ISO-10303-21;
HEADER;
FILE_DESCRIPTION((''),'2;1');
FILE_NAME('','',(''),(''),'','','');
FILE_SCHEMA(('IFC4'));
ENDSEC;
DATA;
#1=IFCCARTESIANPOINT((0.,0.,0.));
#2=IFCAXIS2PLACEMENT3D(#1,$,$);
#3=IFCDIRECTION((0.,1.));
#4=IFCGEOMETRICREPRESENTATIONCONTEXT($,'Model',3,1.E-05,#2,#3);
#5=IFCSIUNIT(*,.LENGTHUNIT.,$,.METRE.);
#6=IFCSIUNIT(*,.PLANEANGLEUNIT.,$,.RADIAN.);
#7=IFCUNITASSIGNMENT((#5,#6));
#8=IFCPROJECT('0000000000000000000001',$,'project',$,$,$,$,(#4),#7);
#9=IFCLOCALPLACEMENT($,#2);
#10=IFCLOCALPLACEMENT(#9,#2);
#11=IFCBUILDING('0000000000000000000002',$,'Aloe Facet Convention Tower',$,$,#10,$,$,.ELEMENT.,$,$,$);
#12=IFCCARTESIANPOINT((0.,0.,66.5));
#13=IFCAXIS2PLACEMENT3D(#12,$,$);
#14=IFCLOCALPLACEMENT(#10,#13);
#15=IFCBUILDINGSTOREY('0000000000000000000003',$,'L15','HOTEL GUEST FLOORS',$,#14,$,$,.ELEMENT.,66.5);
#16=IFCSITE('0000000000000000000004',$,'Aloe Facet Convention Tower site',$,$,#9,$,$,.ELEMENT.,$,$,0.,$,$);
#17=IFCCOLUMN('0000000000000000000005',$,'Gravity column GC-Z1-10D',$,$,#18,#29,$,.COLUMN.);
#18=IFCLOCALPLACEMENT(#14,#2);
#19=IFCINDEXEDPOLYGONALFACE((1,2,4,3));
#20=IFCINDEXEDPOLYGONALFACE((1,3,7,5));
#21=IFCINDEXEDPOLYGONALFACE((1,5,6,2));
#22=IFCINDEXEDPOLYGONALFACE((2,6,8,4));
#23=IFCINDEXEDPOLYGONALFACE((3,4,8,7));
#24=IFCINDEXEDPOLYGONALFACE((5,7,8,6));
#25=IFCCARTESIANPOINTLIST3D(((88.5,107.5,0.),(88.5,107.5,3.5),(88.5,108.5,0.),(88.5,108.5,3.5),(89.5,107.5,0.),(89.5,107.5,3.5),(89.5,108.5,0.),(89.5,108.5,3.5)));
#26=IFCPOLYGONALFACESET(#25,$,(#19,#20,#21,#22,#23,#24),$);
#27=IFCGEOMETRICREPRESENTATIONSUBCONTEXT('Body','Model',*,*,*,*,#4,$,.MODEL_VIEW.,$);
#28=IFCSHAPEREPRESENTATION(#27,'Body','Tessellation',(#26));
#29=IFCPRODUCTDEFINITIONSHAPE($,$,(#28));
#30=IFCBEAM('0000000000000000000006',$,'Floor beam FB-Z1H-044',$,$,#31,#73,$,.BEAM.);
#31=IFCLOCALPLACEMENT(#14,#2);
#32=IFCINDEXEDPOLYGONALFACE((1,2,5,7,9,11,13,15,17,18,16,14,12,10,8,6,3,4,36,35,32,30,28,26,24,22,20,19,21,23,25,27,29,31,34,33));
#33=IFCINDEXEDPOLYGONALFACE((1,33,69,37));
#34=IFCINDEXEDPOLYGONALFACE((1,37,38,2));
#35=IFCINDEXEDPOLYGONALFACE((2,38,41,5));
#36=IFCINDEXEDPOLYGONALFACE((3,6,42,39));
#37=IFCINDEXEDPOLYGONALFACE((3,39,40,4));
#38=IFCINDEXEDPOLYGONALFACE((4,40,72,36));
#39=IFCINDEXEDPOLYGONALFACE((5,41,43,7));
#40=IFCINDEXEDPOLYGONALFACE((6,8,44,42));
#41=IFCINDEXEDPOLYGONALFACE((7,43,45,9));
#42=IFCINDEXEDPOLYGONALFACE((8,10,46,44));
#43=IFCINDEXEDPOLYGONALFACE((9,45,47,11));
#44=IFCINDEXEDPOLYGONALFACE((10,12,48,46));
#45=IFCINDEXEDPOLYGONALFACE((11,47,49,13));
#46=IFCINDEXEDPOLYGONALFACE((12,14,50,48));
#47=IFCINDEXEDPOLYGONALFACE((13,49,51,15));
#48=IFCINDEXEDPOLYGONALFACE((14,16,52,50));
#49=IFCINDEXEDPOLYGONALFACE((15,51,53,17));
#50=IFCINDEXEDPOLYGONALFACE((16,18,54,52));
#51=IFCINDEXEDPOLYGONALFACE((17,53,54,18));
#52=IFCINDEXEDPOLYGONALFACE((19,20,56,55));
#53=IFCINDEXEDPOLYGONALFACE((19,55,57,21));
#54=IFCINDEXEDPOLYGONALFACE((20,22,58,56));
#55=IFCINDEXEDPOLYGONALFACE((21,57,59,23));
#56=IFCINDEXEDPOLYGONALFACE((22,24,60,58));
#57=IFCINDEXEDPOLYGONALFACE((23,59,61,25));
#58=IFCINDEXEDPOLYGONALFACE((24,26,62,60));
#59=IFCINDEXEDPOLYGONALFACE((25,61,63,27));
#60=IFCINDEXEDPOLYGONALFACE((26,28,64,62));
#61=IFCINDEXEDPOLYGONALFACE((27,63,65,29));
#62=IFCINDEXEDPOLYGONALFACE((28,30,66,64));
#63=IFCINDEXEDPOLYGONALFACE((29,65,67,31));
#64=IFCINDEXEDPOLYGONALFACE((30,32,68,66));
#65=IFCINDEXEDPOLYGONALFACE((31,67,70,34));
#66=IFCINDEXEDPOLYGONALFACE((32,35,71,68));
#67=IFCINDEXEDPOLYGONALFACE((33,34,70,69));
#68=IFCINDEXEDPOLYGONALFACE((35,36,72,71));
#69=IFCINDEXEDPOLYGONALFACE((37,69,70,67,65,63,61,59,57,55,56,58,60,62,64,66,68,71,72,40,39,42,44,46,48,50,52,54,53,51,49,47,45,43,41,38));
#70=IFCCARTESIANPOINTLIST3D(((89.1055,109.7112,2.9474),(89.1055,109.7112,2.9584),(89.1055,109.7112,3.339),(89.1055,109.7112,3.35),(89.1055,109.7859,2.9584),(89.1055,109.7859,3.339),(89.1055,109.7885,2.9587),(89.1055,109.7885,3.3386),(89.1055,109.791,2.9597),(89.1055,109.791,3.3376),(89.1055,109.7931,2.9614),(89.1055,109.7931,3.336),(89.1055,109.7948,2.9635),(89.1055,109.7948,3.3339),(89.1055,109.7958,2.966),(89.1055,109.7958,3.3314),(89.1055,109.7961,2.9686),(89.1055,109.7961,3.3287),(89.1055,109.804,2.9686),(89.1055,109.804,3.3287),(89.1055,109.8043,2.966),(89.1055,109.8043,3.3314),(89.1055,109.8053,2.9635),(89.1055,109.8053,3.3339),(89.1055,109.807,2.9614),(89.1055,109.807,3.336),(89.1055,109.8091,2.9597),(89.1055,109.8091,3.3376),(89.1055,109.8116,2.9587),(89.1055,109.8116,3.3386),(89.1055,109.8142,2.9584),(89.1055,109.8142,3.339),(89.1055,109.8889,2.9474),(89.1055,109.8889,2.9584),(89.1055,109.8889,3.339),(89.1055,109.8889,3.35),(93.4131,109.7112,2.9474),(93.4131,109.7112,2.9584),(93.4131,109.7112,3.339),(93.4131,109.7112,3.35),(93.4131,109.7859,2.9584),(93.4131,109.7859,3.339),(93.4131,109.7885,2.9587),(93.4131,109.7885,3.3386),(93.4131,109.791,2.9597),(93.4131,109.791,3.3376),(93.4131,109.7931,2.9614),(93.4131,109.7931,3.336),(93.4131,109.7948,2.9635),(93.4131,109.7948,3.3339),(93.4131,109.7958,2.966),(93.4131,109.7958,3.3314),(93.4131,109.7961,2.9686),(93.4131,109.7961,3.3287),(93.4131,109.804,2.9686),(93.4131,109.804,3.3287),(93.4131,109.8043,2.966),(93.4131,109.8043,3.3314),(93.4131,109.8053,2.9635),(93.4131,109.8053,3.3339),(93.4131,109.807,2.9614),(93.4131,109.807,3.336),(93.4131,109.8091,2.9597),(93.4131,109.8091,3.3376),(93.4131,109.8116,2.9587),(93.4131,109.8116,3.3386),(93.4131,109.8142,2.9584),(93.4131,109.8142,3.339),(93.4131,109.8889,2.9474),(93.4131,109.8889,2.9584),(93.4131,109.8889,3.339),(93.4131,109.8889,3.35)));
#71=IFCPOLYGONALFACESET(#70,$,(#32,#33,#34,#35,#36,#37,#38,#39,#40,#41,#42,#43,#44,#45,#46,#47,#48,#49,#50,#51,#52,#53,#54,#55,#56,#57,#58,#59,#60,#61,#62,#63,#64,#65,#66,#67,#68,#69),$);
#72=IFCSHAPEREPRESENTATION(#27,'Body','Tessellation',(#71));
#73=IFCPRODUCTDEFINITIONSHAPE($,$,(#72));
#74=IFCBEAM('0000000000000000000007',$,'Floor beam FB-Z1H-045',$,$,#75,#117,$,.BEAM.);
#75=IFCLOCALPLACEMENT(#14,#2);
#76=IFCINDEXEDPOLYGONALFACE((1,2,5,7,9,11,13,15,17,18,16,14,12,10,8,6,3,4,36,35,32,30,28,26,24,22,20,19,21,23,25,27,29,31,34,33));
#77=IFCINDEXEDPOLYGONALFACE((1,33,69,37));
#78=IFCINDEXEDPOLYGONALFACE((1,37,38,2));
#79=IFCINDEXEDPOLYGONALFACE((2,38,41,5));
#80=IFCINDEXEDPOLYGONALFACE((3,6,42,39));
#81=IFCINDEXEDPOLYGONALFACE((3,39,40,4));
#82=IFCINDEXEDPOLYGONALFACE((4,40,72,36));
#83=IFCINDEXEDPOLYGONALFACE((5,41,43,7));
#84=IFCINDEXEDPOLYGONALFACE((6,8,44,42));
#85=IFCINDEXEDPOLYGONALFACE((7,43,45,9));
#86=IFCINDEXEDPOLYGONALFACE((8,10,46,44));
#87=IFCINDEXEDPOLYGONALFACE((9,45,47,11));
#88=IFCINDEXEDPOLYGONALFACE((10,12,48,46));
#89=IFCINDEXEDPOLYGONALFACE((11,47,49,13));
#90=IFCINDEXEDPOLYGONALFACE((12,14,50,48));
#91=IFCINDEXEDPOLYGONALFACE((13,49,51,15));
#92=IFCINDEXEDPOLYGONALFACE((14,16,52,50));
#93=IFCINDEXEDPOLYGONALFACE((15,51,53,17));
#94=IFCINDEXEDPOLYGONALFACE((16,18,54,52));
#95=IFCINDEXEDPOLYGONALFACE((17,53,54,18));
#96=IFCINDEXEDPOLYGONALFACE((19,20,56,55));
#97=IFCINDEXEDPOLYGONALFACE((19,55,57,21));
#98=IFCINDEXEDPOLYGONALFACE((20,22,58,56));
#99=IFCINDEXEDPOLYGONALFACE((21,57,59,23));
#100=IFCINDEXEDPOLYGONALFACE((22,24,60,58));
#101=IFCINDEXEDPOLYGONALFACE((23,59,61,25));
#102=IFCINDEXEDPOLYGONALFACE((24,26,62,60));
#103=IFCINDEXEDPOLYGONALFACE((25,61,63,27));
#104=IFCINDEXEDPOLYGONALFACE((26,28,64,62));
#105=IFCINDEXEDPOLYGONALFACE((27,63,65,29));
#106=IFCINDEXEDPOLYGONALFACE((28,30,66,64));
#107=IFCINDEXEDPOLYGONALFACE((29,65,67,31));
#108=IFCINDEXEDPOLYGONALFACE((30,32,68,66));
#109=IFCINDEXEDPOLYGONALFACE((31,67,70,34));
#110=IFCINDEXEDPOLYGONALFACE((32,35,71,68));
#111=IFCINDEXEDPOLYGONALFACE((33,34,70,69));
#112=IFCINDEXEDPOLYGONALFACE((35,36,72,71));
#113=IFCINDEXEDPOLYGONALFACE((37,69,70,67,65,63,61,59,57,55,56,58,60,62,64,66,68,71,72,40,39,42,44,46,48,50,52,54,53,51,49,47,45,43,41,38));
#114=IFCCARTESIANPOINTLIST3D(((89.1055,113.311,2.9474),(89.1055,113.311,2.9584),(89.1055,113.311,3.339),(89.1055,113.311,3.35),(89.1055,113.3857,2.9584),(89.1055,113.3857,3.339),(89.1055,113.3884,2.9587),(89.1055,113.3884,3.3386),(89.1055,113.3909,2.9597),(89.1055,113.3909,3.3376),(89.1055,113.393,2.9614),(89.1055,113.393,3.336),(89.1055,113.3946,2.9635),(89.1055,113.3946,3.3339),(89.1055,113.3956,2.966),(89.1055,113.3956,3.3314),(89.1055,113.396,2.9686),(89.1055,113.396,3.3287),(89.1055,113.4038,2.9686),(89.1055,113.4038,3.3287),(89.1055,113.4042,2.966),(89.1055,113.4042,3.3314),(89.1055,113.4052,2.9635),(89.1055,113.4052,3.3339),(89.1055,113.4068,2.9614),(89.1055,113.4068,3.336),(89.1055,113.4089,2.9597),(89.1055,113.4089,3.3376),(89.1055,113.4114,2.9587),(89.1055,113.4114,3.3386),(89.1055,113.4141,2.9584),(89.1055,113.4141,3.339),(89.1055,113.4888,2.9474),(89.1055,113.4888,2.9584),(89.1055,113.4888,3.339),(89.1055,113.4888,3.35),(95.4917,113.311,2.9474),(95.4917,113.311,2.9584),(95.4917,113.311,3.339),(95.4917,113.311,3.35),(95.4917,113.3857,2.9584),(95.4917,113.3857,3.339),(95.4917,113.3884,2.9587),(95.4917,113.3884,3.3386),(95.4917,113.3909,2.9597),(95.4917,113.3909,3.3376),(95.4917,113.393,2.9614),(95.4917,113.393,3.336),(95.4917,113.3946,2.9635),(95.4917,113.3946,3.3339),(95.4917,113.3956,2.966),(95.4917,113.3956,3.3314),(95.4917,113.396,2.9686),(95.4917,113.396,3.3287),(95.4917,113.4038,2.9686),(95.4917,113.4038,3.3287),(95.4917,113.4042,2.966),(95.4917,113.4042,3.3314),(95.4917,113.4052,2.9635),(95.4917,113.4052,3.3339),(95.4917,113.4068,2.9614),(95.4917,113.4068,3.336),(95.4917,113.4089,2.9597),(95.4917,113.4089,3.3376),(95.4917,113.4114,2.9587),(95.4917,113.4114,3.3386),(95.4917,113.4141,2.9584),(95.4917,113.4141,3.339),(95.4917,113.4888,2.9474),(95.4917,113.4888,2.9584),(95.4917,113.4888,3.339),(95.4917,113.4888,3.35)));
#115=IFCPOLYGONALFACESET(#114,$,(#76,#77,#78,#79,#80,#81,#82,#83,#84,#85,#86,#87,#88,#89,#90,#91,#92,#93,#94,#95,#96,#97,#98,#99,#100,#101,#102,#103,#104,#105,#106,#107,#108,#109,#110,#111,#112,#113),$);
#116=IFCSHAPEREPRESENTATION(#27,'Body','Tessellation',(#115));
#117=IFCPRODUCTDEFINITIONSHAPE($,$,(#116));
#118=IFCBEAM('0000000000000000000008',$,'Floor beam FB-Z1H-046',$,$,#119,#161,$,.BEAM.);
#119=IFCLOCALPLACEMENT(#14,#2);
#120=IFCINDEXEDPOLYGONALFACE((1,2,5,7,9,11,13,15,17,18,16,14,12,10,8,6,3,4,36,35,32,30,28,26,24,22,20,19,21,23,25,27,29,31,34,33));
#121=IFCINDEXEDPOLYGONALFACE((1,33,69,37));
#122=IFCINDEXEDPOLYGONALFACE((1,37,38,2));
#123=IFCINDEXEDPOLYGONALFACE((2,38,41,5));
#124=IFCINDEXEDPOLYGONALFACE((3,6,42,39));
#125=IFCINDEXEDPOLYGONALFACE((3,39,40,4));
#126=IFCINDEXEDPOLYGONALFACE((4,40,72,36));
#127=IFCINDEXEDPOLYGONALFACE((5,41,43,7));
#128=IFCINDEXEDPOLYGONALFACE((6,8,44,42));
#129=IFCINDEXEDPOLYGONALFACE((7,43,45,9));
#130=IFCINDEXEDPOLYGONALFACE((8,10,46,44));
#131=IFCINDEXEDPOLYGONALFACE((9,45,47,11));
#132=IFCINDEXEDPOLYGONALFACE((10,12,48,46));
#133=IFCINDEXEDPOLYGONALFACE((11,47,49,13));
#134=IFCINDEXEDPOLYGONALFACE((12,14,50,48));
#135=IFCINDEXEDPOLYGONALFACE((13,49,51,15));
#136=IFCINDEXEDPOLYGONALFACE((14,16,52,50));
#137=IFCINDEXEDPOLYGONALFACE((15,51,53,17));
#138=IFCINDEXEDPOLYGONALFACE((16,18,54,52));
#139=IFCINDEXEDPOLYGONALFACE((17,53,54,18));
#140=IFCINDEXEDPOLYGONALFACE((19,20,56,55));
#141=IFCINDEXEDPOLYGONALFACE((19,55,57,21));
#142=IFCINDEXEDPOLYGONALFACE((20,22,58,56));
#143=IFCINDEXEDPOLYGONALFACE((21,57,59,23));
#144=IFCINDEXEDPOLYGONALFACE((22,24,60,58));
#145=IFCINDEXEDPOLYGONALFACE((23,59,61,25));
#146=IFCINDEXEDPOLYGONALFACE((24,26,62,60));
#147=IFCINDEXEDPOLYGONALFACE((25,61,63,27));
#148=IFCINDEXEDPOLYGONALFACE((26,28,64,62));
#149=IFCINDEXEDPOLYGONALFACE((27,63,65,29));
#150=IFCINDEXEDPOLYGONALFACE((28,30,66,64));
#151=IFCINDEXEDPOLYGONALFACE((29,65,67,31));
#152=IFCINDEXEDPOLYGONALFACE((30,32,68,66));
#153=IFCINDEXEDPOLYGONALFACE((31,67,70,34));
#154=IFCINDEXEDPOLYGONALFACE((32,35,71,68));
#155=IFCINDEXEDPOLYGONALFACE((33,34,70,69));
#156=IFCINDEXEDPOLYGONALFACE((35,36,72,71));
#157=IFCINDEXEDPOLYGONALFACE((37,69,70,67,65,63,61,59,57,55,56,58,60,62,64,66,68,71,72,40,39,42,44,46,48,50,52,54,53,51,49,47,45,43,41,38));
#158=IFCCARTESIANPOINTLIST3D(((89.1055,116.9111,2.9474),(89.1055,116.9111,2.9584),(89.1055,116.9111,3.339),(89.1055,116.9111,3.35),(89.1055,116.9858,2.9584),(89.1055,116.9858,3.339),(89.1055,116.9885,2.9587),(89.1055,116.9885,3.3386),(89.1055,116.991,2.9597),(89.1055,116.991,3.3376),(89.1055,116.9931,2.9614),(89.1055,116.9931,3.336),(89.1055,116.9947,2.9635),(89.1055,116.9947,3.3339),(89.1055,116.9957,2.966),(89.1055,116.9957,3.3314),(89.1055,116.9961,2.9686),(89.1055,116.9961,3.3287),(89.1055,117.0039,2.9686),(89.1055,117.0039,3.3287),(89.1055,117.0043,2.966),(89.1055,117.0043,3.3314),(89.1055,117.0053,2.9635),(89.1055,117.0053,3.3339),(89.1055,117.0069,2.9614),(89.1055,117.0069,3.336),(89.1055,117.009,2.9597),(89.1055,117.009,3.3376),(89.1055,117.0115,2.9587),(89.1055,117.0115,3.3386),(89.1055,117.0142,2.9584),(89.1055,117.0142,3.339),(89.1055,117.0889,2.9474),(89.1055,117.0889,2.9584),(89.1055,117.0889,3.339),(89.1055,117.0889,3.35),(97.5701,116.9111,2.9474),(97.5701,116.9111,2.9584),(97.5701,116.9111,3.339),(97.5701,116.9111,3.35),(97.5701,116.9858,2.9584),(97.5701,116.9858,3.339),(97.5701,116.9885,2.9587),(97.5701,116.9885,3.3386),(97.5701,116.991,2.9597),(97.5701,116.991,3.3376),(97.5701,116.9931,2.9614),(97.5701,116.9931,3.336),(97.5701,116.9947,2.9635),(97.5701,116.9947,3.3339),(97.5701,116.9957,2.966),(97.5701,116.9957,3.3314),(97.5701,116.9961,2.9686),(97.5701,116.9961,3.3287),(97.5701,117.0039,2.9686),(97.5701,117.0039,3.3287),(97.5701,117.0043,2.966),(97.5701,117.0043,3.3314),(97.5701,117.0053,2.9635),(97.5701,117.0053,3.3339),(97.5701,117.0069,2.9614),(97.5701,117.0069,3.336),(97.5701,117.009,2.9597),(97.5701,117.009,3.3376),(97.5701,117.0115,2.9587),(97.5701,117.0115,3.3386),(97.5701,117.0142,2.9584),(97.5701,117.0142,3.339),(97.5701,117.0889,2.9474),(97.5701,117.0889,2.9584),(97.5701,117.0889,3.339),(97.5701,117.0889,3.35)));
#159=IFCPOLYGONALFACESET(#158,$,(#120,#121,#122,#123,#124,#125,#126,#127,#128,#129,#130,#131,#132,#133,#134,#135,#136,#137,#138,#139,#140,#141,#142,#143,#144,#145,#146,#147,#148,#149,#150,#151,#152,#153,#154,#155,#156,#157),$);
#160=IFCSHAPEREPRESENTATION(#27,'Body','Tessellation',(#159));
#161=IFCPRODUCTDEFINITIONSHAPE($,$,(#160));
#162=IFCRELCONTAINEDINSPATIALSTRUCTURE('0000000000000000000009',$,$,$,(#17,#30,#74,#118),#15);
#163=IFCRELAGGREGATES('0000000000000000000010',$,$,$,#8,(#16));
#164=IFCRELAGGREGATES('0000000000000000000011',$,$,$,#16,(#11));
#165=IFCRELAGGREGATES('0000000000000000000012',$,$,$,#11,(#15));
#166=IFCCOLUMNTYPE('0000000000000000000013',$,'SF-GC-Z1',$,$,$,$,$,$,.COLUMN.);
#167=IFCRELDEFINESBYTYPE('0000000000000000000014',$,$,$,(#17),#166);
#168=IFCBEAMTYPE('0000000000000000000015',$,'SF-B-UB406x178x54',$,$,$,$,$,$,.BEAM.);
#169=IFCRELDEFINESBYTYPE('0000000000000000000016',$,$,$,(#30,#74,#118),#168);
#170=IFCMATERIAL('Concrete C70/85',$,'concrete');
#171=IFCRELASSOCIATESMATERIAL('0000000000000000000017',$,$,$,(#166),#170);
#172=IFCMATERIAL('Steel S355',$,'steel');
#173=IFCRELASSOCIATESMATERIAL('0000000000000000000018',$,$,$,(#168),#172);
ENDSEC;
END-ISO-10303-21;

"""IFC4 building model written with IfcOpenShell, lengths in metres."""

from ifc_helpers import new_model, si_unit, direction, frame, origin, origin_2d, place, context, subcontext, project, spatial, rectangle, i_section, extrude, material, material_profile, profile_set, type_object, element, save


model = new_model("IFC4")

# Units and contexts
model_context = context("Model", 3, precision=1e-05, world=origin(), true_north=direction((0.0, 1.0)))
body_context = subcontext(model_context, "Body", "Model", "MODEL_VIEW")
ifc_project = project(units=[si_unit("LENGTHUNIT", "METRE"), si_unit("PLANEANGLEUNIT", "RADIAN")], contexts=[model_context])

# Site, building, storey
site_placement = place(None, origin())
site = spatial("IfcSite", under=ifc_project, at=site_placement, Name="Aloe Facet Convention Tower site", CompositionType="ELEMENT", RefElevation=0.0)
building_placement = place(site_placement, origin())
building = spatial("IfcBuilding", under=site, at=building_placement, Name="Aloe Facet Convention Tower", CompositionType="ELEMENT")
storey_placement = place(building_placement, frame((0.0, 0.0, 66.5)))
storey = spatial("IfcBuildingStorey", under=building, at=storey_placement, Name="L15", Description="HOTEL GUEST FLOORS", CompositionType="ELEMENT", Elevation=66.5)

# Column
ifc_material_1 = material(Name="Concrete C70/85", Category="concrete")
ifc_material_profile_1 = material_profile(ifc_material_1, rectangle(XDim=1.0, YDim=1.0, at=origin_2d()), Name="SF-GC-Z1")
ifc_profile_set_1 = profile_set([ifc_material_profile_1], Name="Concrete C70/85")
column_type = type_object("IfcColumnType", Name="SF-GC-Z1", PredefinedType="COLUMN", material=ifc_profile_set_1)
column_placement = place(storey_placement, frame((89.0, 108.0, 0.0), z_axis=(0.0, 0.0, 1.0), x_axis=(1.0, 0.0, 0.0)))
element("IfcColumn", 1, at=column_placement, inside=storey, type_object=column_type, Name="Gravity column GC-Z1-10D", PredefinedType="COLUMN", context=body_context, shape_type="SweptSolid", body=[
    extrude(rectangle(XDim=1.0, YDim=1.0, at=origin_2d()), origin(), (0.0, 0.0, 1.0), 3.5),
])

# Beams
ifc_material_2 = material(Name="Steel S355", Category="steel")
ifc_material_profile_2 = material_profile(ifc_material_2, i_section(OverallWidth=0.1777, OverallDepth=0.4026, WebThickness=0.0078, FlangeThickness=0.011, FilletRadius=0.0103, at=origin_2d()), Name="UB 406x178x54")
ifc_profile_set_2 = profile_set([ifc_material_profile_2], Name="Steel S355")
beam_type_1 = type_object("IfcBeamType", Name="SF-B-UB406x178x54", PredefinedType="BEAM", material=ifc_profile_set_2)
beam_1_placement = place(storey_placement, frame((89.1055, 109.8, 3.1487), z_axis=(1.0, 0.0, 0.0), x_axis=(0.0, 1.0, 0.0)))
element("IfcBeam", 2, at=beam_1_placement, inside=storey, type_object=beam_type_1, Name="Floor beam FB-Z1H-044", PredefinedType="BEAM", context=body_context, shape_type="SweptSolid", body=[
    extrude(i_section(OverallWidth=0.1777, OverallDepth=0.4026, WebThickness=0.0078, FlangeThickness=0.011, FilletRadius=0.0103, at=origin_2d()), origin(), (0.0, 0.0, 1.0), 4.3076),
])
beam_2_placement = place(storey_placement, frame((89.1055, 113.3999, 3.1487), z_axis=(1.0, 0.0, 0.0), x_axis=(0.0, 1.0, 0.0)))
element("IfcBeam", 3, at=beam_2_placement, inside=storey, type_object=beam_type_1, Name="Floor beam FB-Z1H-045", PredefinedType="BEAM", context=body_context, shape_type="SweptSolid", body=[
    extrude(i_section(OverallWidth=0.1777, OverallDepth=0.4026, WebThickness=0.0078, FlangeThickness=0.011, FilletRadius=0.0103, at=origin_2d()), origin(), (0.0, 0.0, 1.0), 6.3862),
])
beam_3_placement = place(storey_placement, frame((89.1055, 117.0, 3.1487), z_axis=(1.0, 0.0, 0.0), x_axis=(0.0, 1.0, 0.0)))
element("IfcBeam", 4, at=beam_3_placement, inside=storey, type_object=beam_type_1, Name="Floor beam FB-Z1H-046", PredefinedType="BEAM", context=body_context, shape_type="SweptSolid", body=[
    extrude(i_section(OverallWidth=0.1777, OverallDepth=0.4026, WebThickness=0.0078, FlangeThickness=0.011, FilletRadius=0.0103, at=origin_2d()), origin(), (0.0, 0.0, 1.0), 8.4646),
])

save(model, "model.ifc")
